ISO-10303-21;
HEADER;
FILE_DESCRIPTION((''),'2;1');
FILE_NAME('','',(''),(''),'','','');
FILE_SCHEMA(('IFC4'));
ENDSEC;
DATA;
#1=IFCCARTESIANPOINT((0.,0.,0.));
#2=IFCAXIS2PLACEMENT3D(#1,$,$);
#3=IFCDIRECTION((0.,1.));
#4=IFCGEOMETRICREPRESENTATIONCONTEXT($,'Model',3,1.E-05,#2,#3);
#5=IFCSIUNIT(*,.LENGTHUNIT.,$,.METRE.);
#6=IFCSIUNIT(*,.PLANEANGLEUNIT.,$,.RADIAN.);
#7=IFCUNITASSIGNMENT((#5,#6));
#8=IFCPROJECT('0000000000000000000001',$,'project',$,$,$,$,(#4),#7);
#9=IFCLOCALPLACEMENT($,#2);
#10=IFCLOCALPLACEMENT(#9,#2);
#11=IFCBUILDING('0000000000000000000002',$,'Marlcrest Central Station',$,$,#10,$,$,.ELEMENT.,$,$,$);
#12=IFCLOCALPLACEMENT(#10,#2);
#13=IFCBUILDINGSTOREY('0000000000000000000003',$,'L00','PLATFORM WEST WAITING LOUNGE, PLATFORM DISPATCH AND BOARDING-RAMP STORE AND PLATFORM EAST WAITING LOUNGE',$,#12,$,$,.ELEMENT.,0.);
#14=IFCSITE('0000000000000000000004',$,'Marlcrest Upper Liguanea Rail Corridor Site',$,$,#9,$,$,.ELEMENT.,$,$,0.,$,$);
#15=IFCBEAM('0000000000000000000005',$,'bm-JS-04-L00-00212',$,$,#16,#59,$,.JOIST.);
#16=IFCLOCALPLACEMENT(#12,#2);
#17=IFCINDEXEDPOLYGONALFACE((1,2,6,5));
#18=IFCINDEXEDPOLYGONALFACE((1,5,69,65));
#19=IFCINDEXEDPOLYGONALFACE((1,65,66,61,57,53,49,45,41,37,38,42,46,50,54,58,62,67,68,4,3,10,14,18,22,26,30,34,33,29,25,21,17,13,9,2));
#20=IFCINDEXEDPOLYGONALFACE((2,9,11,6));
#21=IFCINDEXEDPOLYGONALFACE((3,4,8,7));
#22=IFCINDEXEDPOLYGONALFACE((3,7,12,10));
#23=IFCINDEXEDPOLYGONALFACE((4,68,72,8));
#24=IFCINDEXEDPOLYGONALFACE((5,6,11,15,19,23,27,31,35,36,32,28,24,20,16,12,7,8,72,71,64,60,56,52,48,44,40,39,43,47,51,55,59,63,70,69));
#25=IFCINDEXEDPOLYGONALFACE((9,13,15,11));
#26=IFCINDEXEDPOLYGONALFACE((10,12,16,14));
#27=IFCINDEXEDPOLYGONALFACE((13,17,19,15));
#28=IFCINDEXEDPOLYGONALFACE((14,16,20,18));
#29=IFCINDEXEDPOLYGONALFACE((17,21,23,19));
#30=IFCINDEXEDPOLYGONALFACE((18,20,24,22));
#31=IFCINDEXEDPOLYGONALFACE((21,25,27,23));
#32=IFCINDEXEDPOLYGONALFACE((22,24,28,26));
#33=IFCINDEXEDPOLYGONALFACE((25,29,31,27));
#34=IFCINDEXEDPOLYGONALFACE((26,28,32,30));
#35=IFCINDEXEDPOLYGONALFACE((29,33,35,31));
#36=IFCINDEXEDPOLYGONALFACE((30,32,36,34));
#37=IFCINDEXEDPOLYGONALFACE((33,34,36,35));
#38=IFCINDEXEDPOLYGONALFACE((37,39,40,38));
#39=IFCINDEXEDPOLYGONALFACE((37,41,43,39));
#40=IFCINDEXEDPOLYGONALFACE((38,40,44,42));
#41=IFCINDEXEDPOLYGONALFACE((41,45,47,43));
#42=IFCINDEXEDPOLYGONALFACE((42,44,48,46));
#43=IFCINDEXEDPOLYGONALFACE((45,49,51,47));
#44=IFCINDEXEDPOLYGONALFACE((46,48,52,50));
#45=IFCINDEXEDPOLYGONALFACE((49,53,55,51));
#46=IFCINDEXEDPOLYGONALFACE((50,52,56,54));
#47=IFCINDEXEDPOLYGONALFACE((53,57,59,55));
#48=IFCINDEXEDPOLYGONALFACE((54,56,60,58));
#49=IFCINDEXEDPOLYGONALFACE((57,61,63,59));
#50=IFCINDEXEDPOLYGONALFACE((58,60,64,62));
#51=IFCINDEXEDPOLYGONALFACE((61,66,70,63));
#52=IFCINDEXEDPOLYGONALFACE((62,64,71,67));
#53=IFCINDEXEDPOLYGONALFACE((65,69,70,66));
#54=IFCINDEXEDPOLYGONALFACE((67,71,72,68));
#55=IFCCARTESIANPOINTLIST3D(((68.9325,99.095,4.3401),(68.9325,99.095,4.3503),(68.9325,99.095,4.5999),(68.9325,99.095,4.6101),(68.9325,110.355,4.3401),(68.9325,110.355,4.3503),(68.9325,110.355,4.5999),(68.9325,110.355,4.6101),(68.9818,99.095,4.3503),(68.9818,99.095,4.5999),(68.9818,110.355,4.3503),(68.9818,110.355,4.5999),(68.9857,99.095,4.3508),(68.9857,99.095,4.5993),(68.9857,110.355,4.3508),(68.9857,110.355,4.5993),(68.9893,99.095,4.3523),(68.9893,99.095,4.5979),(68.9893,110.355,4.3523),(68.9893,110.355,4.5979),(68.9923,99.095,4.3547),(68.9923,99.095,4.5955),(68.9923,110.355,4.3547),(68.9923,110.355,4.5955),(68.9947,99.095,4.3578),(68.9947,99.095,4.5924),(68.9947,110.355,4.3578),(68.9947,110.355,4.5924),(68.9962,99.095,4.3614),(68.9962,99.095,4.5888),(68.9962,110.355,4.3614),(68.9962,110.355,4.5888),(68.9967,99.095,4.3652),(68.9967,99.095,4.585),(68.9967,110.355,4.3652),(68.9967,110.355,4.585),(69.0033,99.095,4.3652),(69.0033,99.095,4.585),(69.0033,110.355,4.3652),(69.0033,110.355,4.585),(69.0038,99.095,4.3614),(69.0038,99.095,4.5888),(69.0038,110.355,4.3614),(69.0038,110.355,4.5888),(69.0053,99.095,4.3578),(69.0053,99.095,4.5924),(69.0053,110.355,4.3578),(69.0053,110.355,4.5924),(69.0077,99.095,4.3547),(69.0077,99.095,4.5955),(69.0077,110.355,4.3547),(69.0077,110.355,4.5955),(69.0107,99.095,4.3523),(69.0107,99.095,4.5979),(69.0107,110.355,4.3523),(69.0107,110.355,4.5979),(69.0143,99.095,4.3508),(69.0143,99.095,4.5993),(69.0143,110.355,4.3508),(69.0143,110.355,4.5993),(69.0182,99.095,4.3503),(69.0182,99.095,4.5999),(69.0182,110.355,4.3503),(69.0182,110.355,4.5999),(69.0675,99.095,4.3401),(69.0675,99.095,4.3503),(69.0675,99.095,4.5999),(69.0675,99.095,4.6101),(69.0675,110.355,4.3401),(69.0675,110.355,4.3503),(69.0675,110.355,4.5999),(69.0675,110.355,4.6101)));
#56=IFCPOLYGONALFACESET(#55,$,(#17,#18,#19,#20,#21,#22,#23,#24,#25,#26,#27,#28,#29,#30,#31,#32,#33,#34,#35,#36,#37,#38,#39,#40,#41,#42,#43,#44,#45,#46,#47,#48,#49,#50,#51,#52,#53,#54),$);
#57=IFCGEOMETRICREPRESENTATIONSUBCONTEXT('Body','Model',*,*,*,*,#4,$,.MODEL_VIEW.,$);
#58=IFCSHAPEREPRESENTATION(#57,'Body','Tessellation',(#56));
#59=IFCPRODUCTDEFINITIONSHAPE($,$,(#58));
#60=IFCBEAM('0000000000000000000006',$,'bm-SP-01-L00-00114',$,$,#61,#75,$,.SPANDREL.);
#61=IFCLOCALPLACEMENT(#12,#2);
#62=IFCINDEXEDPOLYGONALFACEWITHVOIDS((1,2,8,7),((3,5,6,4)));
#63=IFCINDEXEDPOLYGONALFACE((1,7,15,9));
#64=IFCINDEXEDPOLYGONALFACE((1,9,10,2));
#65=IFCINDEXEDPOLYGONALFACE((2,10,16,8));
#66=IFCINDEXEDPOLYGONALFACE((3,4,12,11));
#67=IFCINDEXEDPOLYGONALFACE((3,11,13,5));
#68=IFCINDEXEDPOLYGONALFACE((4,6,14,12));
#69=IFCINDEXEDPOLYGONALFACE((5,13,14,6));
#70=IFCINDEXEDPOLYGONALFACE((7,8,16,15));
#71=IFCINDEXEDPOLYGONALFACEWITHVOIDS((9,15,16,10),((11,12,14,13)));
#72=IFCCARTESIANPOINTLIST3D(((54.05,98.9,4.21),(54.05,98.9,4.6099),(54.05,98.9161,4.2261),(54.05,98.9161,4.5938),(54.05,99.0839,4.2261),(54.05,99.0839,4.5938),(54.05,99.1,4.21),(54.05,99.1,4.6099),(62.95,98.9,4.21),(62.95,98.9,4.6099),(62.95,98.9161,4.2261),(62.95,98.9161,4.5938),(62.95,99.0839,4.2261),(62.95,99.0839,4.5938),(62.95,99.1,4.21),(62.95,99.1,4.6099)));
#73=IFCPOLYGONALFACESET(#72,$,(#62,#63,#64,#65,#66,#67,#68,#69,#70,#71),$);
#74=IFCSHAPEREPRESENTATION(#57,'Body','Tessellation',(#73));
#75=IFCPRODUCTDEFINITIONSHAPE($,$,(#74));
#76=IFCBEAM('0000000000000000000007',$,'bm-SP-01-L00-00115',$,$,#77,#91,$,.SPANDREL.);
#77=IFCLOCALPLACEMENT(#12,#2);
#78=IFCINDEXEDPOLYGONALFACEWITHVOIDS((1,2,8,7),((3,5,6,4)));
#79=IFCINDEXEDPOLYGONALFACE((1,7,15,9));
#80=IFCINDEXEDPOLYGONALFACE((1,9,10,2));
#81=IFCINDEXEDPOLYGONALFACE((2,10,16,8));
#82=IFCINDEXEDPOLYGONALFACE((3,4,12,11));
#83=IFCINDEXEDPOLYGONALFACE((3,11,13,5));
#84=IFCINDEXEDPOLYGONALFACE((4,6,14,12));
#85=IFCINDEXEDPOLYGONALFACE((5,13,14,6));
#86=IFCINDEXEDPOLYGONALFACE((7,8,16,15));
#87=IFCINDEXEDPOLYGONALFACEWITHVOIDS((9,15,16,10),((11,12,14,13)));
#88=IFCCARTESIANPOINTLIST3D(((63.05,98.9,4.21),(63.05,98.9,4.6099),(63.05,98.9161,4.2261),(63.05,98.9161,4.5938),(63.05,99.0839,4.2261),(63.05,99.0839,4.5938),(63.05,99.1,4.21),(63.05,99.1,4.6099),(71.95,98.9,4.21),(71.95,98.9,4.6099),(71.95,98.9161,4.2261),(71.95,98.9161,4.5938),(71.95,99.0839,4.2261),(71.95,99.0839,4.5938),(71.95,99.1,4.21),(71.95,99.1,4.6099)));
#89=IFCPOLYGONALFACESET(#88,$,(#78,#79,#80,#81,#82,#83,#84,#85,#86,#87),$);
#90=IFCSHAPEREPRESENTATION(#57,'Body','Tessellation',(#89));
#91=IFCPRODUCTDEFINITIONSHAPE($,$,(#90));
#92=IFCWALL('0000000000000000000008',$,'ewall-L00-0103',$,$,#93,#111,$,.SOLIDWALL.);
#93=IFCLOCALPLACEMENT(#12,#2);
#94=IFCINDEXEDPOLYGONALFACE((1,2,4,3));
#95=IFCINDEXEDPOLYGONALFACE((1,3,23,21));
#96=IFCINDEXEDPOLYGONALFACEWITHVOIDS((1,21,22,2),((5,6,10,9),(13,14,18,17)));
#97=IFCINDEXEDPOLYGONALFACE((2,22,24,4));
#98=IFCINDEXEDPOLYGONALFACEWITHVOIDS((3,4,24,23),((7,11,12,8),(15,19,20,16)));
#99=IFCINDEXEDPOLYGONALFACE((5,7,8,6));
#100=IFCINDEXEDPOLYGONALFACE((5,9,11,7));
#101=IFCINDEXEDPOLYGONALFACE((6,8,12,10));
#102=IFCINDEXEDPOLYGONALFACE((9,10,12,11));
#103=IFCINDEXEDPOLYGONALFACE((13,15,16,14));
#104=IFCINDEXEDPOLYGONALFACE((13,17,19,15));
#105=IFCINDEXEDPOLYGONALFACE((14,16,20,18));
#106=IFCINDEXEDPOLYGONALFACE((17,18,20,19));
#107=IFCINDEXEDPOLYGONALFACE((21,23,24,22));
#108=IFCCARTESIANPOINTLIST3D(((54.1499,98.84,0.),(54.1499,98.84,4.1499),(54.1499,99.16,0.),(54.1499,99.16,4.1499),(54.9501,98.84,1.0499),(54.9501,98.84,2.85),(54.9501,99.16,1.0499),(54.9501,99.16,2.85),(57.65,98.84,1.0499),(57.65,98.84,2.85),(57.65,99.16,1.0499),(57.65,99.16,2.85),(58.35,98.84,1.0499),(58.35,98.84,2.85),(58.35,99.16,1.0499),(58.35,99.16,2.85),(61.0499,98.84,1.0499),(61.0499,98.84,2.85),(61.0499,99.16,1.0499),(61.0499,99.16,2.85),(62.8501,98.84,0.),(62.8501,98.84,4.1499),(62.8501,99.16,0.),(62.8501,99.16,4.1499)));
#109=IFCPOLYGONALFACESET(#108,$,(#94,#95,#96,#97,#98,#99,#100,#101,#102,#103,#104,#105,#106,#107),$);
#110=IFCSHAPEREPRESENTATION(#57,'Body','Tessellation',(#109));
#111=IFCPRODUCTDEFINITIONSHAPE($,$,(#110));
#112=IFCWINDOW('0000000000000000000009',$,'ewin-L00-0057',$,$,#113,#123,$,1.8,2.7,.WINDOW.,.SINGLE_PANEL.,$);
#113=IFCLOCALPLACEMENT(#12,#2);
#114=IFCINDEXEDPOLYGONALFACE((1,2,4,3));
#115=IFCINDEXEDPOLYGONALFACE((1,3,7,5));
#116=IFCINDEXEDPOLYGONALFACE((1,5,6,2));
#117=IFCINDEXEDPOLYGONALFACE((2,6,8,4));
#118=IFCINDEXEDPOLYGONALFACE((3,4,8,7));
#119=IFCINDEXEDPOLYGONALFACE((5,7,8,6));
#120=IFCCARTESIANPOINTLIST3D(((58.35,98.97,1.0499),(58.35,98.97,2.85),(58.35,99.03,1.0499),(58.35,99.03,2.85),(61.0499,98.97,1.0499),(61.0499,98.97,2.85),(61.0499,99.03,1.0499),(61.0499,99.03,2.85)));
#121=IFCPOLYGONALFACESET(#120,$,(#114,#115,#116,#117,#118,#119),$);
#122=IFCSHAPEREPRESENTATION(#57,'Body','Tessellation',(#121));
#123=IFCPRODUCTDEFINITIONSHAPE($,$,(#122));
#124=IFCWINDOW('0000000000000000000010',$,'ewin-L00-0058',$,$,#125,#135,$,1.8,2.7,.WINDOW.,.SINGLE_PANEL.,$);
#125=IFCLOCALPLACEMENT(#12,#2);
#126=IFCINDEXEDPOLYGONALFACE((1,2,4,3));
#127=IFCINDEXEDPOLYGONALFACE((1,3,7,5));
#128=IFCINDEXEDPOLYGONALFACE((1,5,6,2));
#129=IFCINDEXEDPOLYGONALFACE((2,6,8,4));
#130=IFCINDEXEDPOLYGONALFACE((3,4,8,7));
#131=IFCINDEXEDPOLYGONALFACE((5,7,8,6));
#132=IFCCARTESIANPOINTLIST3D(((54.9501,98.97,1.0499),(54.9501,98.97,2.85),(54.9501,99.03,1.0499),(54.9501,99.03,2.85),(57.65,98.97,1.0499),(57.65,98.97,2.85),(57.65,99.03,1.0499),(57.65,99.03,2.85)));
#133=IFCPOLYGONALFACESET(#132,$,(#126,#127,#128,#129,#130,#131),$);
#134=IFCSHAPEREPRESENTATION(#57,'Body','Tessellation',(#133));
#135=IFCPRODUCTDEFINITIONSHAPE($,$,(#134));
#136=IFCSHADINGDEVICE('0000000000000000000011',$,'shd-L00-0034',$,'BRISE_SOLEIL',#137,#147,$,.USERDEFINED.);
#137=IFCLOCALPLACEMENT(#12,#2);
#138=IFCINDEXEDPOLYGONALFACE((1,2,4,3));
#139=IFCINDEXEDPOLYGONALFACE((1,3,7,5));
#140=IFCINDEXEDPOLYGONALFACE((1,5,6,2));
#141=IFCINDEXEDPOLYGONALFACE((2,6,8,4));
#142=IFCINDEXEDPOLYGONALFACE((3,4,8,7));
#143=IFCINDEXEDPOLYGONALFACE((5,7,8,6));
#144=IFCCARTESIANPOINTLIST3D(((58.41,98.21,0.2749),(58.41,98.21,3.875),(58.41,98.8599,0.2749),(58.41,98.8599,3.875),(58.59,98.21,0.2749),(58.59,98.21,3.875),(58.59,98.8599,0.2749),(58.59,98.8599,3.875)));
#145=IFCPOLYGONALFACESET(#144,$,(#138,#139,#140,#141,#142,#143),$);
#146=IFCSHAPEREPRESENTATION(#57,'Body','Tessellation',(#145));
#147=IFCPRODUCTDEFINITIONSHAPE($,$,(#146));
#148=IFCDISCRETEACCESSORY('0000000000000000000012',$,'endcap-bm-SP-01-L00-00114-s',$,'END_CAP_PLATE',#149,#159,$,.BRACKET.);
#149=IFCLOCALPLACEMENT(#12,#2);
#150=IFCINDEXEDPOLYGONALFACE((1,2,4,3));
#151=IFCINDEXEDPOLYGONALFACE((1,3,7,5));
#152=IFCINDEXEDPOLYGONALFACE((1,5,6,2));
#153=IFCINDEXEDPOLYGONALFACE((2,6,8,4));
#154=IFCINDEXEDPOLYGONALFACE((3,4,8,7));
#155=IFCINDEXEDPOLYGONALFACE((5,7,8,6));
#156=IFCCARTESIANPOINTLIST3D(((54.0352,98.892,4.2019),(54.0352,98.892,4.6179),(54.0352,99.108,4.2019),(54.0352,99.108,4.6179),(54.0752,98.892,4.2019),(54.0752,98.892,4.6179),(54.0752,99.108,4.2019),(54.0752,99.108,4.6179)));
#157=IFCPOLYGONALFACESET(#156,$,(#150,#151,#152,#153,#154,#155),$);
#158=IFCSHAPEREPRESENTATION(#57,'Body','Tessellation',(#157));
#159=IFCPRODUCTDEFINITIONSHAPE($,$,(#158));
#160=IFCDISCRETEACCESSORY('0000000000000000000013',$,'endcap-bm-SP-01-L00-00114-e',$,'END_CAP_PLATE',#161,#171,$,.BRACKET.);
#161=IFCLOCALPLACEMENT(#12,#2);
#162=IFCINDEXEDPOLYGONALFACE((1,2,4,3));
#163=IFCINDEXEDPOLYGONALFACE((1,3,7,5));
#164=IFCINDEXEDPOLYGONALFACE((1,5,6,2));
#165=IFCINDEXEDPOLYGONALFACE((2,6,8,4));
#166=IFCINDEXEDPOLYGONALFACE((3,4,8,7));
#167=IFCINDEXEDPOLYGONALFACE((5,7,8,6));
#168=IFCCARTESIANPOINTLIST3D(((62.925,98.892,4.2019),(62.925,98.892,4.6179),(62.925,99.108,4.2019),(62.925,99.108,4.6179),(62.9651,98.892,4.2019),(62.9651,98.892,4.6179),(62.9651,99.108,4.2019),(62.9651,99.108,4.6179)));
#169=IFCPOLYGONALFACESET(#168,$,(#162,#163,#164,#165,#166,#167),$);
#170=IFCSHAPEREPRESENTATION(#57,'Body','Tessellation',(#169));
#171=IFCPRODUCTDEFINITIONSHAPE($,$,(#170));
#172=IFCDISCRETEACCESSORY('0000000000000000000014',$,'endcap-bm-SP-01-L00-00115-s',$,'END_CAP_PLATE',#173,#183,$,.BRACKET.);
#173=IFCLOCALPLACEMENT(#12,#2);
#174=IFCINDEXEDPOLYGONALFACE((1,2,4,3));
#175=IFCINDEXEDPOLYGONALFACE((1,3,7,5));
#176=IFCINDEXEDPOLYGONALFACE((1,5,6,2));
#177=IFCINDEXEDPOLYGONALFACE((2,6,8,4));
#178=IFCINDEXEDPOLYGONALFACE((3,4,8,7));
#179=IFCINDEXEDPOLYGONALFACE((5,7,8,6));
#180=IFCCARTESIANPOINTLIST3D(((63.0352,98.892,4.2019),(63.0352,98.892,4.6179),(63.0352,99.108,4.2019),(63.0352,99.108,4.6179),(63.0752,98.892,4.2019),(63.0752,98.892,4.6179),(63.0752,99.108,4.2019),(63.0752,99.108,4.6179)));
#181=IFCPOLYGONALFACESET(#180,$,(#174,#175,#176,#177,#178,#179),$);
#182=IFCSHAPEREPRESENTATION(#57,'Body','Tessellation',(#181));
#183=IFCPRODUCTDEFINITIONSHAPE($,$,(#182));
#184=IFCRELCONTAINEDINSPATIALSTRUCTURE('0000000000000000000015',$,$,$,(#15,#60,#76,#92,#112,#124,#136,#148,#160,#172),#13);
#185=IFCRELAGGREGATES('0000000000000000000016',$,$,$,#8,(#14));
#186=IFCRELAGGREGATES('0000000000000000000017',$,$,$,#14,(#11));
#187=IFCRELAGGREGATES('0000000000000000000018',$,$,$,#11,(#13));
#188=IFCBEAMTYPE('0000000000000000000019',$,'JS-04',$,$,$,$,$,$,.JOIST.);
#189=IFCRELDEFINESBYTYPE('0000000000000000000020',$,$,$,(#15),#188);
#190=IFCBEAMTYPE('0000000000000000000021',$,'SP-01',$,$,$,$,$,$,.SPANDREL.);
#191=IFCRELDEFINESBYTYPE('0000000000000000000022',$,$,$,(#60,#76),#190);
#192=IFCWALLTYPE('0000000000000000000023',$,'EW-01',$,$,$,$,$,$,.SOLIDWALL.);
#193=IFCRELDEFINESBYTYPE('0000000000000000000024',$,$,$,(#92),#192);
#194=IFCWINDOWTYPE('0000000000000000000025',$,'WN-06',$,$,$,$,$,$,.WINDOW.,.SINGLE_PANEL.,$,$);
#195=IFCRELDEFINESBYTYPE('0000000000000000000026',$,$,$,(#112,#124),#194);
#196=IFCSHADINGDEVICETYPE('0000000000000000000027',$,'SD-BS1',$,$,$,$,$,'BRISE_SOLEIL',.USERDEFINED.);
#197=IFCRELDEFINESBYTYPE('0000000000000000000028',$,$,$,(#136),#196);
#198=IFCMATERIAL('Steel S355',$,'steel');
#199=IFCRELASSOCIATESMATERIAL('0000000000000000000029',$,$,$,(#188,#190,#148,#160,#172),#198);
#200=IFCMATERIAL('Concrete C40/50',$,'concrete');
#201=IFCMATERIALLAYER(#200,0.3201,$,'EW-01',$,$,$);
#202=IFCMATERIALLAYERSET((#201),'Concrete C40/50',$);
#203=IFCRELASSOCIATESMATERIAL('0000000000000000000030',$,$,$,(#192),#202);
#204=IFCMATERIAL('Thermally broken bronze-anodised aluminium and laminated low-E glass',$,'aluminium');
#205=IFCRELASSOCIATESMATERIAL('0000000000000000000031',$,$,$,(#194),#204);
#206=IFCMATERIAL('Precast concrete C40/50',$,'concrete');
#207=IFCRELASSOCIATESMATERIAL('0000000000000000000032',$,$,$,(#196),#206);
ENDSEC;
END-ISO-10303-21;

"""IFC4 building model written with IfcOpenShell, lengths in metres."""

from ifc_helpers import new_model, si_unit, direction, frame, frame_2d, origin, origin_2d, place, context, subcontext, project, spatial, rectangle, hollow_rectangle, i_section, extrude, material, layer, layer_set, material_profile, profile_set, type_object, element, fill, save


model = new_model("IFC4")

# Units and contexts
model_context = context("Model", 3, precision=1e-05, world=origin(), true_north=direction((0.0, 1.0)))
body_context = subcontext(model_context, "Body", "Model", "MODEL_VIEW")
ifc_project = project(units=[si_unit("LENGTHUNIT", "METRE"), si_unit("PLANEANGLEUNIT", "RADIAN")], contexts=[model_context])

# Site, building, storey
site_placement = place(None, origin())
site = spatial("IfcSite", under=ifc_project, at=site_placement, Name="Marlcrest Upper Liguanea Rail Corridor Site", CompositionType="ELEMENT", RefElevation=0.0)
building_placement = place(site_placement, origin())
building = spatial("IfcBuilding", under=site, at=building_placement, Name="Marlcrest Central Station", CompositionType="ELEMENT")
storey_placement = place(building_placement, origin())
storey = spatial("IfcBuildingStorey", under=building, at=storey_placement, Name="L00", Description="PLATFORM WEST WAITING LOUNGE, PLATFORM DISPATCH AND BOARDING-RAMP STORE AND PLATFORM EAST WAITING LOUNGE", CompositionType="ELEMENT", Elevation=0.0)

# Shared definitions
ifc_material_1 = material(Name="Concrete C40/50", Category="concrete")

# Shared definitions
ifc_material_2 = material(Name="Steel S355", Category="steel")

# Beams
ifc_material_profile_1 = material_profile(ifc_material_2, i_section(OverallWidth=0.135, OverallDepth=0.27, WebThickness=0.0066, FlangeThickness=0.0103, FilletRadius=0.0149, at=origin_2d()), Name="IPE 270")
ifc_profile_set_1 = profile_set([ifc_material_profile_1], Name="Steel S355")
beam_type_1 = type_object("IfcBeamType", Name="JS-04", PredefinedType="JOIST", material=ifc_profile_set_1)
for number, where, z_axis, x_axis, name in (
    (1, (69.0, 99.095, 4.4751), (0.0, 1.0, 0.0), (-1.0, 0.0, 0.0), "bm-JS-04-L00-00212"),
):
    element("IfcBeam", number, at=place(storey_placement, frame(where, z_axis=z_axis, x_axis=x_axis)), inside=storey, type_object=beam_type_1, Name=name, PredefinedType="JOIST", context=body_context, shape_type="SweptSolid", body=[
        extrude(i_section(OverallWidth=0.135, OverallDepth=0.27, WebThickness=0.0066, FlangeThickness=0.0103, FilletRadius=0.0149, at=origin_2d()), origin(), (0.0, 0.0, 1.0), 11.26),
    ])
ifc_material_profile_2 = material_profile(ifc_material_2, hollow_rectangle(XDim=0.2, YDim=0.3999, WallThickness=0.0161, at=origin_2d()), Name="RHS 400x200x16")
ifc_profile_set_2 = profile_set([ifc_material_profile_2], Name="Steel S355")
beam_type_2 = type_object("IfcBeamType", Name="SP-01", PredefinedType="SPANDREL", material=ifc_profile_set_2)
for number, where, z_axis, x_axis, name in (
    (2, (54.05, 99.0, 4.4099), (1.0, 0.0, 0.0), (0.0, 1.0, 0.0), "bm-SP-01-L00-00114"),
    (3, (63.05, 99.0, 4.4099), (1.0, 0.0, 0.0), (0.0, 1.0, 0.0), "bm-SP-01-L00-00115"),
):
    element("IfcBeam", number, at=place(storey_placement, frame(where, z_axis=z_axis, x_axis=x_axis)), inside=storey, type_object=beam_type_2, Name=name, PredefinedType="SPANDREL", context=body_context, shape_type="SweptSolid", body=[
        extrude(hollow_rectangle(XDim=0.2, YDim=0.3999, WallThickness=0.0161, at=origin_2d()), origin(), (0.0, 0.0, 1.0), 8.8999),
    ])

# Wall, openings, windows
ifc_layer = layer(ifc_material_1, 0.3201, Name="EW-01")
ifc_layer_set = layer_set([ifc_layer], Name="Concrete C40/50")
wall_type = type_object("IfcWallType", Name="EW-01", PredefinedType="SOLIDWALL", material=ifc_layer_set)
wall_placement = place(storey_placement, frame((62.8501, 99.0, 0.0), z_axis=(0.0, 0.0, 1.0), x_axis=(-1.0, 0.0, 0.0)))
wall = element("IfcWall", 4, at=wall_placement, inside=storey, type_object=wall_type, Name="ewall-L00-0103", PredefinedType="SOLIDWALL", context=body_context, shape_type="SweptSolid", body=[
    extrude(rectangle(XDim=8.7002, YDim=0.3201, at=frame_2d((4.3501, 0.0))), origin(), (0.0, 0.0, 1.0), 4.1499),
])
opening_1_placement = place(wall_placement, frame((1.8, 0.0, 1.05)))
opening_1 = element("IfcOpeningElement", 5, at=opening_1_placement, cuts=wall, PredefinedType="OPENING", context=body_context, shape_type="SweptSolid", body=[
    extrude(rectangle(XDim=2.7, YDim=1.8, at=frame_2d((1.3501, 0.8999))), frame((0.0, 0.1699, 0.0), z_axis=(0.0, -1.0, 0.0), x_axis=(1.0, 0.0, 0.0)), (0.0, 0.0, 1.0), 0.3401),
])
opening_2_placement = place(wall_placement, frame((5.2, 0.0, 1.05)))
opening_2 = element("IfcOpeningElement", 6, at=opening_2_placement, cuts=wall, PredefinedType="OPENING", context=body_context, shape_type="SweptSolid", body=[
    extrude(rectangle(XDim=2.7, YDim=1.8, at=frame_2d((1.3501, 0.8999))), frame((0.0, 0.1699, 0.0), z_axis=(0.0, -1.0, 0.0), x_axis=(1.0, 0.0, 0.0)), (0.0, 0.0, 1.0), 0.3401),
])
ifc_material_3 = material(Name="Thermally broken bronze-anodised aluminium and laminated low-E glass", Category="aluminium")
window_type = type_object("IfcWindowType", Name="WN-06", PartitioningType="SINGLE_PANEL", PredefinedType="WINDOW", material=ifc_material_3)
window_1_placement = place(opening_1_placement, origin())
window_1 = element("IfcWindow", 7, at=window_1_placement, inside=storey, type_object=window_type, Name="ewin-L00-0057", OverallHeight=1.8, OverallWidth=2.7, PartitioningType="SINGLE_PANEL", PredefinedType="WINDOW", context=body_context, shape_type="SweptSolid", body=[
    extrude(rectangle(XDim=2.7, YDim=1.8, at=frame_2d((1.3501, 0.8999))), frame((0.0, 0.03, 0.0), z_axis=(0.0, -1.0, 0.0), x_axis=(1.0, 0.0, 0.0)), (0.0, 0.0, 1.0), 0.0601),
])
fill(opening_1, window_1)
window_2_placement = place(opening_2_placement, origin())
window_2 = element("IfcWindow", 8, at=window_2_placement, inside=storey, type_object=window_type, Name="ewin-L00-0058", OverallHeight=1.8, OverallWidth=2.7, PartitioningType="SINGLE_PANEL", PredefinedType="WINDOW", context=body_context, shape_type="SweptSolid", body=[
    extrude(rectangle(XDim=2.7, YDim=1.8, at=frame_2d((1.3501, 0.8999))), frame((0.0, 0.03, 0.0), z_axis=(0.0, -1.0, 0.0), x_axis=(1.0, 0.0, 0.0)), (0.0, 0.0, 1.0), 0.0601),
])
fill(opening_2, window_2)

# Shading device
ifc_material_4 = material(Name="Precast concrete C40/50", Category="concrete")
shading_device_type = type_object("IfcShadingDeviceType", Name="SD-BS1", ElementType="BRISE_SOLEIL", PredefinedType="USERDEFINED", material=ifc_material_4)
shading_device_placement = place(storey_placement, frame((58.5, 98.5349, 0.2749), z_axis=(0.0, 0.0, 1.0), x_axis=(1.0, 0.0, 0.0)))
element("IfcShadingDevice", 9, at=shading_device_placement, inside=storey, type_object=shading_device_type, Name="shd-L00-0034", ObjectType="BRISE_SOLEIL", PredefinedType="USERDEFINED", context=body_context, shape_type="SweptSolid", body=[
    extrude(rectangle(XDim=0.1799, YDim=0.6499, at=origin_2d()), origin(), (0.0, 0.0, 1.0), 3.6001),
])

# Discrete accessories
for number, where, z_axis, x_axis, name in (
    (10, (54.0352, 99.0, 4.4099), (1.0, 0.0, 0.0), (0.0, 1.0, 0.0), "endcap-bm-SP-01-L00-00114-s"),
    (11, (62.925, 99.0, 4.4099), (1.0, 0.0, 0.0), (0.0, 1.0, 0.0), "endcap-bm-SP-01-L00-00114-e"),
    (12, (63.0352, 99.0, 4.4099), (1.0, 0.0, 0.0), (0.0, 1.0, 0.0), "endcap-bm-SP-01-L00-00115-s"),
):
    element("IfcDiscreteAccessory", number, at=place(storey_placement, frame(where, z_axis=z_axis, x_axis=x_axis)), inside=storey, material=ifc_material_2, Name=name, ObjectType="END_CAP_PLATE", PredefinedType="BRACKET", context=body_context, shape_type="SweptSolid", body=[
        extrude(rectangle(XDim=0.2161, YDim=0.416, at=origin_2d()), origin(), (0.0, 0.0, 1.0), 0.04),
    ])

save(model, "model.ifc")
